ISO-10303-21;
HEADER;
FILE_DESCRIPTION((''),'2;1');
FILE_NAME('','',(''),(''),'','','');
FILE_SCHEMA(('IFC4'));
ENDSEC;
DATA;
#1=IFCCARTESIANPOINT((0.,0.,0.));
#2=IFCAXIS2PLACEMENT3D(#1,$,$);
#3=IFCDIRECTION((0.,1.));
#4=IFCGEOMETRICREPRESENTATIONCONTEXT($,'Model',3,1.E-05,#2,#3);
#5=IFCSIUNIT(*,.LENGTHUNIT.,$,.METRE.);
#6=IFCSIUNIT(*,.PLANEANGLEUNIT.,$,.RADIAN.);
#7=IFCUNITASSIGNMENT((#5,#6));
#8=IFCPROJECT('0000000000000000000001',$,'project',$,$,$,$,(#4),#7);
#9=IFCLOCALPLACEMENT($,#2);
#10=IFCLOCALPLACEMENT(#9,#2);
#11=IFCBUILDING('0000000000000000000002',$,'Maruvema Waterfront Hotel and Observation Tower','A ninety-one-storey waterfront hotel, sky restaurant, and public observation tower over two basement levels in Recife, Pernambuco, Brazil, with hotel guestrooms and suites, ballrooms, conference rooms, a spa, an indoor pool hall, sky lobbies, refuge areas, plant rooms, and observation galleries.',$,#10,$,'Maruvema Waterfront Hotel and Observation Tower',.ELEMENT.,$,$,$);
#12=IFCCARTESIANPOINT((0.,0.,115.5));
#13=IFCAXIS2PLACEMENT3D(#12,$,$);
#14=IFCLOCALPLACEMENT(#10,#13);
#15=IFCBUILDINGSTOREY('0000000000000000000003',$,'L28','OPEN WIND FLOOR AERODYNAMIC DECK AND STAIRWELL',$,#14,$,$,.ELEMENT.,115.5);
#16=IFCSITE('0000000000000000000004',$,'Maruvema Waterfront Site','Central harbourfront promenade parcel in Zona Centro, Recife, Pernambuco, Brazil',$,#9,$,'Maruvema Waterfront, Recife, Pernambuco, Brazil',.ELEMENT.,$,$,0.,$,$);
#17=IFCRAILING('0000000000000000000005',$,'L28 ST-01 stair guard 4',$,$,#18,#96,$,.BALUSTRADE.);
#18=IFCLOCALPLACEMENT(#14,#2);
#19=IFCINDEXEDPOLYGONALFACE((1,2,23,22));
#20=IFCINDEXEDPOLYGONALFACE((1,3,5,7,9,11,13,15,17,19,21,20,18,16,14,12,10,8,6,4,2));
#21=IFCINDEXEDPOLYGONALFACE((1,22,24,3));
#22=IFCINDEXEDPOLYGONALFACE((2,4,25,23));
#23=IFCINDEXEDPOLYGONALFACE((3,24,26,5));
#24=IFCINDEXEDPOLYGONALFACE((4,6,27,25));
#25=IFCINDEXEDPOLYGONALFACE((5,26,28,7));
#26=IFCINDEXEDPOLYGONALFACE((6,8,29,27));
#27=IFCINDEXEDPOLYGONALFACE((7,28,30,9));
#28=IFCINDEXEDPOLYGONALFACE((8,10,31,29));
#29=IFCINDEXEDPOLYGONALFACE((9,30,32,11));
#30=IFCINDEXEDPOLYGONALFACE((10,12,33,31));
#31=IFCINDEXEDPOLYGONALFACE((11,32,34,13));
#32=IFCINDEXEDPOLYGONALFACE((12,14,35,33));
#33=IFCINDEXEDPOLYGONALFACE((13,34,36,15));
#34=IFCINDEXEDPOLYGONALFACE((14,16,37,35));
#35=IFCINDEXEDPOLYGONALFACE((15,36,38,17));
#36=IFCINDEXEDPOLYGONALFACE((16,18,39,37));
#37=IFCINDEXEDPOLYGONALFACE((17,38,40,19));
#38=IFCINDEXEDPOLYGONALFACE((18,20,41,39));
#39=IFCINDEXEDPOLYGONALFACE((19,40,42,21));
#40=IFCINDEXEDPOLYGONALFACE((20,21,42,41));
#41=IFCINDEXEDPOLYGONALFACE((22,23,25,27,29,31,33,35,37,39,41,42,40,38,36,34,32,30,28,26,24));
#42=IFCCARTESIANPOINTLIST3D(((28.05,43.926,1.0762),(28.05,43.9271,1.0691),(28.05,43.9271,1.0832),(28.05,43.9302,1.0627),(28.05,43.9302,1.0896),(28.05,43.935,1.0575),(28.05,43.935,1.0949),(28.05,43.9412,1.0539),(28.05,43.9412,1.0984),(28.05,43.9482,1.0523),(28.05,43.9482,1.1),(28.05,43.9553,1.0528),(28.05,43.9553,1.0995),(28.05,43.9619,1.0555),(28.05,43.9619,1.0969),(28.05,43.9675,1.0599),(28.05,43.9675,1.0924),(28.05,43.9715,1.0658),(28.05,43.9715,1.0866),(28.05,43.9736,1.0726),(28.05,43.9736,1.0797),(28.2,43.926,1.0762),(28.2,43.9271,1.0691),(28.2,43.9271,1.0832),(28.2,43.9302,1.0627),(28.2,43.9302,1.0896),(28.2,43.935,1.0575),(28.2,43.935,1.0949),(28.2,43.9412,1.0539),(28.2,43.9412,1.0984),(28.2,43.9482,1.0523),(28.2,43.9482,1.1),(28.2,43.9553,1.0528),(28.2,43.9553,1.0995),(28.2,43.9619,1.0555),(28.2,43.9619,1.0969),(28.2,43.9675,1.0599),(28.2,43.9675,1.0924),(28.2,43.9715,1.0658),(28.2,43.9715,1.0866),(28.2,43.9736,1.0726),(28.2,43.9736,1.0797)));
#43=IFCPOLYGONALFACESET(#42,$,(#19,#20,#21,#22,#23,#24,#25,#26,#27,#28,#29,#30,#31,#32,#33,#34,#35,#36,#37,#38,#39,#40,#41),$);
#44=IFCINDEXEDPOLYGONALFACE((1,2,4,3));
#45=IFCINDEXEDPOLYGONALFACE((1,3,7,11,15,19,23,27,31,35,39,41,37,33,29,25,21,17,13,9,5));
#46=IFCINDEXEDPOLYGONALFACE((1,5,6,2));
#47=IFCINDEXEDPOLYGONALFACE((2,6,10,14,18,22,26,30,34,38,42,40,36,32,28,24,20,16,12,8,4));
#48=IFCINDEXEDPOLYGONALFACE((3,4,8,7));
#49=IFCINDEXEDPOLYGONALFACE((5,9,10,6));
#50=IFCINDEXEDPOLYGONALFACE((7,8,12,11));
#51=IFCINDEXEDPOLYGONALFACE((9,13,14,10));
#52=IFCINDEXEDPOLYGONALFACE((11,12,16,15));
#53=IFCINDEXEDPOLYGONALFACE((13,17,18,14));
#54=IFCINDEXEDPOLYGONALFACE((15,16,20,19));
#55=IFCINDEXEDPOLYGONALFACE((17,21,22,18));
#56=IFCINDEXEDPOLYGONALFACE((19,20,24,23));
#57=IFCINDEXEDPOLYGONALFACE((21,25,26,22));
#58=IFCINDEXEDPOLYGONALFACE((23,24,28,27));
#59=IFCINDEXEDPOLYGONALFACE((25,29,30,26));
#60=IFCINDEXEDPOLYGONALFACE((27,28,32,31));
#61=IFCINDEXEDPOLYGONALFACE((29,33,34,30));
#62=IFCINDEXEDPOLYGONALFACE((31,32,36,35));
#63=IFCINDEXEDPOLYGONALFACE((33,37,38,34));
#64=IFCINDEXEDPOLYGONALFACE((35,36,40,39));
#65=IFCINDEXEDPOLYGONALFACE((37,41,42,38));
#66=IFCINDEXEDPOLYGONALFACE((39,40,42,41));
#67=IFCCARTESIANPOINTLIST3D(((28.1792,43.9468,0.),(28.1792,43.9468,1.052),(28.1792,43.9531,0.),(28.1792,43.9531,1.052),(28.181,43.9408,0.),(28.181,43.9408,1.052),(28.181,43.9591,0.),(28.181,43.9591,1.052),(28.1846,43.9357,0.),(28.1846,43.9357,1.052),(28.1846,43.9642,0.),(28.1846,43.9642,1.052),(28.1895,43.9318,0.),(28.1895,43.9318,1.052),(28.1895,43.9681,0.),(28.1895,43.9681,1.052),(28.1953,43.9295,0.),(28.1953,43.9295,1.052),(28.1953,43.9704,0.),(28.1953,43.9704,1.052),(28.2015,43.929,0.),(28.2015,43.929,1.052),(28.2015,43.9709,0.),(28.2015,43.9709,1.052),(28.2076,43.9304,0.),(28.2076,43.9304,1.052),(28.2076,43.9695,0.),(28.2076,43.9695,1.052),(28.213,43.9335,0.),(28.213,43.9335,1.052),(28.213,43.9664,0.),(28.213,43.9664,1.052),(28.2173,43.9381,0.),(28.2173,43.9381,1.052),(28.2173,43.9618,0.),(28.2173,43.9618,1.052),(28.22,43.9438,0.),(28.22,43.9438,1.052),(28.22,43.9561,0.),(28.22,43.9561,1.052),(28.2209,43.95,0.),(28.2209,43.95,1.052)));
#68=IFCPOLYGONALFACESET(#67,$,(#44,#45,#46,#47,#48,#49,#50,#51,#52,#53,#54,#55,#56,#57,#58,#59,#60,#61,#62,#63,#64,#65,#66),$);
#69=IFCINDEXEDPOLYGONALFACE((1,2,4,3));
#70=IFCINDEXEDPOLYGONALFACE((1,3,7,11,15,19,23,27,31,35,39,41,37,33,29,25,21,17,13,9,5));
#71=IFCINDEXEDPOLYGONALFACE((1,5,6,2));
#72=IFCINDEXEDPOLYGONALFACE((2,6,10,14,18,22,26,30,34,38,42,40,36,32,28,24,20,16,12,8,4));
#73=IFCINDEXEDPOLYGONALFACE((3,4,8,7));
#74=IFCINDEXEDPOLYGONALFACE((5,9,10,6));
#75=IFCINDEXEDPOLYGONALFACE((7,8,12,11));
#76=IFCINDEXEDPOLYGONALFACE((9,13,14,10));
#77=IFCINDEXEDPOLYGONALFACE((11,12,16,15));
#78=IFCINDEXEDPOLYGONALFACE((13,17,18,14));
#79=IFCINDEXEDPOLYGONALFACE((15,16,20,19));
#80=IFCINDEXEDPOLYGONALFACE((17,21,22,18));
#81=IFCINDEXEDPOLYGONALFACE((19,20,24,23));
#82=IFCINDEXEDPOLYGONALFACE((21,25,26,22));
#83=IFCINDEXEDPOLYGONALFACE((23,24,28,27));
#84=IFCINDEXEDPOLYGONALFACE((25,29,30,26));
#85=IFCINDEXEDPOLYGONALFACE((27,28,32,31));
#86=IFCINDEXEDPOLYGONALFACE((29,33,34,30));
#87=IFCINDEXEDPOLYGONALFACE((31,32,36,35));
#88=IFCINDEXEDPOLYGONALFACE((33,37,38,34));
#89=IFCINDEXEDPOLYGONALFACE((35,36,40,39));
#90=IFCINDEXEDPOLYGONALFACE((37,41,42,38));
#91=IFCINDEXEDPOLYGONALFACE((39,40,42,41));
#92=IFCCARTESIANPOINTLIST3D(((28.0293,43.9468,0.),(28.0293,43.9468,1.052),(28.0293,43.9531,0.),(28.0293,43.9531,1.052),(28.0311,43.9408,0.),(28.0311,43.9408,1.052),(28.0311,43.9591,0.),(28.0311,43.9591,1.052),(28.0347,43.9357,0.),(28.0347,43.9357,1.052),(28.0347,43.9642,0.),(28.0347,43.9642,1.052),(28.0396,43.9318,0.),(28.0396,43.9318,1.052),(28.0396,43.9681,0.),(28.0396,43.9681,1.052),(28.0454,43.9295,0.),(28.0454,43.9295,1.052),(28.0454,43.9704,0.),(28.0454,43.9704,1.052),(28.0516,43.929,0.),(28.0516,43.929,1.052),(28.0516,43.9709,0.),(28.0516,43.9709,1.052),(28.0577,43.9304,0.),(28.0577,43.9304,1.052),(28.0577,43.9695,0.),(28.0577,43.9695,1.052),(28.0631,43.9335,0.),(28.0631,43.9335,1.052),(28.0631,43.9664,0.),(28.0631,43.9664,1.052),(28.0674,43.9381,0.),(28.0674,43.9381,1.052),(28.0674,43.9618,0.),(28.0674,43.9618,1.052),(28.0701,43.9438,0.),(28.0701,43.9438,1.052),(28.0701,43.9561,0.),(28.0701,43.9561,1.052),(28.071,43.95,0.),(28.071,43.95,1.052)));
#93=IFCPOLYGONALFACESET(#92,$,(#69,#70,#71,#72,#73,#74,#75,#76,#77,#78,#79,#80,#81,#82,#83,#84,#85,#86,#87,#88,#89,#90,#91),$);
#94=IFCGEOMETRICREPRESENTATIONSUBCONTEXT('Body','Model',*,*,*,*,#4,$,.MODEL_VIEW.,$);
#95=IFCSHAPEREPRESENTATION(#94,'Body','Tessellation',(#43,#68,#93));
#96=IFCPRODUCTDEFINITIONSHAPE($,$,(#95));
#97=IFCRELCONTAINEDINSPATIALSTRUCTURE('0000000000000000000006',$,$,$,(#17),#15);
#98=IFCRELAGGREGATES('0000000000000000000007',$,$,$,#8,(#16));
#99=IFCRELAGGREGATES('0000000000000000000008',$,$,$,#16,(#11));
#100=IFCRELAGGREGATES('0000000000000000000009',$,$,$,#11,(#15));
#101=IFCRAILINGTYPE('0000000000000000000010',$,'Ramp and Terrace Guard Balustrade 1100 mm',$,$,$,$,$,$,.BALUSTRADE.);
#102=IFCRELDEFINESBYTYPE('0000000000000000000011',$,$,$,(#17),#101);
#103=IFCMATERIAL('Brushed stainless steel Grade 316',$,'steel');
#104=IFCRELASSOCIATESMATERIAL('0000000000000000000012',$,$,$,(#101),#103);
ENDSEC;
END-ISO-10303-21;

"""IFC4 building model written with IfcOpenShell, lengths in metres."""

from ifc_helpers import new_model, si_unit, direction, frame, origin, origin_2d, place, context, subcontext, project, spatial, circle, extrude, material, type_object, element, save


model = new_model("IFC4")

# Units and contexts
model_context = context("Model", 3, precision=1e-05, world=origin(), true_north=direction((0.0, 1.0)))
body_context = subcontext(model_context, "Body", "Model", "MODEL_VIEW")
ifc_project = project(units=[si_unit("LENGTHUNIT", "METRE"), si_unit("PLANEANGLEUNIT", "RADIAN")], contexts=[model_context])

# Site, building, storey
site_placement = place(None, origin())
site = spatial("IfcSite", under=ifc_project, at=site_placement, Name="Maruvema Waterfront Site", Description="Central harbourfront promenade parcel in Zona Centro, Recife, Pernambuco, Brazil", LongName="Maruvema Waterfront, Recife, Pernambuco, Brazil", CompositionType="ELEMENT", RefElevation=0.0)
building_placement = place(site_placement, origin())
building = spatial("IfcBuilding", under=site, at=building_placement, Name="Maruvema Waterfront Hotel and Observation Tower", Description="A ninety-one-storey waterfront hotel, sky restaurant, and public observation tower over two basement levels in Recife, Pernambuco, Brazil, with hotel guestrooms and suites, ballrooms, conference rooms, a spa, an indoor pool hall, sky lobbies, refuge areas, plant rooms, and observation galleries.", LongName="Maruvema Waterfront Hotel and Observation Tower", CompositionType="ELEMENT")
storey_placement = place(building_placement, frame((0.0, 0.0, 115.5)))
storey = spatial("IfcBuildingStorey", under=building, at=storey_placement, Name="L28", Description="OPEN WIND FLOOR AERODYNAMIC DECK AND STAIRWELL", CompositionType="ELEMENT", Elevation=115.5)

# Railing
ifc_material_1 = material(Name="Brushed stainless steel Grade 316", Category="steel")
railing_type_1 = type_object("IfcRailingType", Name="Ramp and Terrace Guard Balustrade 1100 mm", PredefinedType="BALUSTRADE", material=ifc_material_1)
railing_1_placement = place(storey_placement, frame((28.2, 43.95, 0.0)))
element("IfcRailing", 1, at=railing_1_placement, inside=storey, type_object=railing_type_1, Name="L28 ST-01 stair guard 4", PredefinedType="BALUSTRADE", context=body_context, shape_type="SweptSolid", body=[
    extrude(circle(Radius=0.0239, at=origin_2d()), frame((0.0, 0.0, 1.0762), z_axis=(-1.0, 0.0, 0.0), x_axis=(0.0, -1.0, 0.0)), (0.0, 0.0, 1.0), 0.1499),
    extrude(circle(Radius=0.021, at=origin_2d()), origin(), (0.0, 0.0, 1.0), 1.052),
    extrude(circle(Radius=0.021, at=origin_2d()), frame((-0.1499, 0.0, 0.0)), (0.0, 0.0, 1.0), 1.052),
])

save(model, "model.ifc")
